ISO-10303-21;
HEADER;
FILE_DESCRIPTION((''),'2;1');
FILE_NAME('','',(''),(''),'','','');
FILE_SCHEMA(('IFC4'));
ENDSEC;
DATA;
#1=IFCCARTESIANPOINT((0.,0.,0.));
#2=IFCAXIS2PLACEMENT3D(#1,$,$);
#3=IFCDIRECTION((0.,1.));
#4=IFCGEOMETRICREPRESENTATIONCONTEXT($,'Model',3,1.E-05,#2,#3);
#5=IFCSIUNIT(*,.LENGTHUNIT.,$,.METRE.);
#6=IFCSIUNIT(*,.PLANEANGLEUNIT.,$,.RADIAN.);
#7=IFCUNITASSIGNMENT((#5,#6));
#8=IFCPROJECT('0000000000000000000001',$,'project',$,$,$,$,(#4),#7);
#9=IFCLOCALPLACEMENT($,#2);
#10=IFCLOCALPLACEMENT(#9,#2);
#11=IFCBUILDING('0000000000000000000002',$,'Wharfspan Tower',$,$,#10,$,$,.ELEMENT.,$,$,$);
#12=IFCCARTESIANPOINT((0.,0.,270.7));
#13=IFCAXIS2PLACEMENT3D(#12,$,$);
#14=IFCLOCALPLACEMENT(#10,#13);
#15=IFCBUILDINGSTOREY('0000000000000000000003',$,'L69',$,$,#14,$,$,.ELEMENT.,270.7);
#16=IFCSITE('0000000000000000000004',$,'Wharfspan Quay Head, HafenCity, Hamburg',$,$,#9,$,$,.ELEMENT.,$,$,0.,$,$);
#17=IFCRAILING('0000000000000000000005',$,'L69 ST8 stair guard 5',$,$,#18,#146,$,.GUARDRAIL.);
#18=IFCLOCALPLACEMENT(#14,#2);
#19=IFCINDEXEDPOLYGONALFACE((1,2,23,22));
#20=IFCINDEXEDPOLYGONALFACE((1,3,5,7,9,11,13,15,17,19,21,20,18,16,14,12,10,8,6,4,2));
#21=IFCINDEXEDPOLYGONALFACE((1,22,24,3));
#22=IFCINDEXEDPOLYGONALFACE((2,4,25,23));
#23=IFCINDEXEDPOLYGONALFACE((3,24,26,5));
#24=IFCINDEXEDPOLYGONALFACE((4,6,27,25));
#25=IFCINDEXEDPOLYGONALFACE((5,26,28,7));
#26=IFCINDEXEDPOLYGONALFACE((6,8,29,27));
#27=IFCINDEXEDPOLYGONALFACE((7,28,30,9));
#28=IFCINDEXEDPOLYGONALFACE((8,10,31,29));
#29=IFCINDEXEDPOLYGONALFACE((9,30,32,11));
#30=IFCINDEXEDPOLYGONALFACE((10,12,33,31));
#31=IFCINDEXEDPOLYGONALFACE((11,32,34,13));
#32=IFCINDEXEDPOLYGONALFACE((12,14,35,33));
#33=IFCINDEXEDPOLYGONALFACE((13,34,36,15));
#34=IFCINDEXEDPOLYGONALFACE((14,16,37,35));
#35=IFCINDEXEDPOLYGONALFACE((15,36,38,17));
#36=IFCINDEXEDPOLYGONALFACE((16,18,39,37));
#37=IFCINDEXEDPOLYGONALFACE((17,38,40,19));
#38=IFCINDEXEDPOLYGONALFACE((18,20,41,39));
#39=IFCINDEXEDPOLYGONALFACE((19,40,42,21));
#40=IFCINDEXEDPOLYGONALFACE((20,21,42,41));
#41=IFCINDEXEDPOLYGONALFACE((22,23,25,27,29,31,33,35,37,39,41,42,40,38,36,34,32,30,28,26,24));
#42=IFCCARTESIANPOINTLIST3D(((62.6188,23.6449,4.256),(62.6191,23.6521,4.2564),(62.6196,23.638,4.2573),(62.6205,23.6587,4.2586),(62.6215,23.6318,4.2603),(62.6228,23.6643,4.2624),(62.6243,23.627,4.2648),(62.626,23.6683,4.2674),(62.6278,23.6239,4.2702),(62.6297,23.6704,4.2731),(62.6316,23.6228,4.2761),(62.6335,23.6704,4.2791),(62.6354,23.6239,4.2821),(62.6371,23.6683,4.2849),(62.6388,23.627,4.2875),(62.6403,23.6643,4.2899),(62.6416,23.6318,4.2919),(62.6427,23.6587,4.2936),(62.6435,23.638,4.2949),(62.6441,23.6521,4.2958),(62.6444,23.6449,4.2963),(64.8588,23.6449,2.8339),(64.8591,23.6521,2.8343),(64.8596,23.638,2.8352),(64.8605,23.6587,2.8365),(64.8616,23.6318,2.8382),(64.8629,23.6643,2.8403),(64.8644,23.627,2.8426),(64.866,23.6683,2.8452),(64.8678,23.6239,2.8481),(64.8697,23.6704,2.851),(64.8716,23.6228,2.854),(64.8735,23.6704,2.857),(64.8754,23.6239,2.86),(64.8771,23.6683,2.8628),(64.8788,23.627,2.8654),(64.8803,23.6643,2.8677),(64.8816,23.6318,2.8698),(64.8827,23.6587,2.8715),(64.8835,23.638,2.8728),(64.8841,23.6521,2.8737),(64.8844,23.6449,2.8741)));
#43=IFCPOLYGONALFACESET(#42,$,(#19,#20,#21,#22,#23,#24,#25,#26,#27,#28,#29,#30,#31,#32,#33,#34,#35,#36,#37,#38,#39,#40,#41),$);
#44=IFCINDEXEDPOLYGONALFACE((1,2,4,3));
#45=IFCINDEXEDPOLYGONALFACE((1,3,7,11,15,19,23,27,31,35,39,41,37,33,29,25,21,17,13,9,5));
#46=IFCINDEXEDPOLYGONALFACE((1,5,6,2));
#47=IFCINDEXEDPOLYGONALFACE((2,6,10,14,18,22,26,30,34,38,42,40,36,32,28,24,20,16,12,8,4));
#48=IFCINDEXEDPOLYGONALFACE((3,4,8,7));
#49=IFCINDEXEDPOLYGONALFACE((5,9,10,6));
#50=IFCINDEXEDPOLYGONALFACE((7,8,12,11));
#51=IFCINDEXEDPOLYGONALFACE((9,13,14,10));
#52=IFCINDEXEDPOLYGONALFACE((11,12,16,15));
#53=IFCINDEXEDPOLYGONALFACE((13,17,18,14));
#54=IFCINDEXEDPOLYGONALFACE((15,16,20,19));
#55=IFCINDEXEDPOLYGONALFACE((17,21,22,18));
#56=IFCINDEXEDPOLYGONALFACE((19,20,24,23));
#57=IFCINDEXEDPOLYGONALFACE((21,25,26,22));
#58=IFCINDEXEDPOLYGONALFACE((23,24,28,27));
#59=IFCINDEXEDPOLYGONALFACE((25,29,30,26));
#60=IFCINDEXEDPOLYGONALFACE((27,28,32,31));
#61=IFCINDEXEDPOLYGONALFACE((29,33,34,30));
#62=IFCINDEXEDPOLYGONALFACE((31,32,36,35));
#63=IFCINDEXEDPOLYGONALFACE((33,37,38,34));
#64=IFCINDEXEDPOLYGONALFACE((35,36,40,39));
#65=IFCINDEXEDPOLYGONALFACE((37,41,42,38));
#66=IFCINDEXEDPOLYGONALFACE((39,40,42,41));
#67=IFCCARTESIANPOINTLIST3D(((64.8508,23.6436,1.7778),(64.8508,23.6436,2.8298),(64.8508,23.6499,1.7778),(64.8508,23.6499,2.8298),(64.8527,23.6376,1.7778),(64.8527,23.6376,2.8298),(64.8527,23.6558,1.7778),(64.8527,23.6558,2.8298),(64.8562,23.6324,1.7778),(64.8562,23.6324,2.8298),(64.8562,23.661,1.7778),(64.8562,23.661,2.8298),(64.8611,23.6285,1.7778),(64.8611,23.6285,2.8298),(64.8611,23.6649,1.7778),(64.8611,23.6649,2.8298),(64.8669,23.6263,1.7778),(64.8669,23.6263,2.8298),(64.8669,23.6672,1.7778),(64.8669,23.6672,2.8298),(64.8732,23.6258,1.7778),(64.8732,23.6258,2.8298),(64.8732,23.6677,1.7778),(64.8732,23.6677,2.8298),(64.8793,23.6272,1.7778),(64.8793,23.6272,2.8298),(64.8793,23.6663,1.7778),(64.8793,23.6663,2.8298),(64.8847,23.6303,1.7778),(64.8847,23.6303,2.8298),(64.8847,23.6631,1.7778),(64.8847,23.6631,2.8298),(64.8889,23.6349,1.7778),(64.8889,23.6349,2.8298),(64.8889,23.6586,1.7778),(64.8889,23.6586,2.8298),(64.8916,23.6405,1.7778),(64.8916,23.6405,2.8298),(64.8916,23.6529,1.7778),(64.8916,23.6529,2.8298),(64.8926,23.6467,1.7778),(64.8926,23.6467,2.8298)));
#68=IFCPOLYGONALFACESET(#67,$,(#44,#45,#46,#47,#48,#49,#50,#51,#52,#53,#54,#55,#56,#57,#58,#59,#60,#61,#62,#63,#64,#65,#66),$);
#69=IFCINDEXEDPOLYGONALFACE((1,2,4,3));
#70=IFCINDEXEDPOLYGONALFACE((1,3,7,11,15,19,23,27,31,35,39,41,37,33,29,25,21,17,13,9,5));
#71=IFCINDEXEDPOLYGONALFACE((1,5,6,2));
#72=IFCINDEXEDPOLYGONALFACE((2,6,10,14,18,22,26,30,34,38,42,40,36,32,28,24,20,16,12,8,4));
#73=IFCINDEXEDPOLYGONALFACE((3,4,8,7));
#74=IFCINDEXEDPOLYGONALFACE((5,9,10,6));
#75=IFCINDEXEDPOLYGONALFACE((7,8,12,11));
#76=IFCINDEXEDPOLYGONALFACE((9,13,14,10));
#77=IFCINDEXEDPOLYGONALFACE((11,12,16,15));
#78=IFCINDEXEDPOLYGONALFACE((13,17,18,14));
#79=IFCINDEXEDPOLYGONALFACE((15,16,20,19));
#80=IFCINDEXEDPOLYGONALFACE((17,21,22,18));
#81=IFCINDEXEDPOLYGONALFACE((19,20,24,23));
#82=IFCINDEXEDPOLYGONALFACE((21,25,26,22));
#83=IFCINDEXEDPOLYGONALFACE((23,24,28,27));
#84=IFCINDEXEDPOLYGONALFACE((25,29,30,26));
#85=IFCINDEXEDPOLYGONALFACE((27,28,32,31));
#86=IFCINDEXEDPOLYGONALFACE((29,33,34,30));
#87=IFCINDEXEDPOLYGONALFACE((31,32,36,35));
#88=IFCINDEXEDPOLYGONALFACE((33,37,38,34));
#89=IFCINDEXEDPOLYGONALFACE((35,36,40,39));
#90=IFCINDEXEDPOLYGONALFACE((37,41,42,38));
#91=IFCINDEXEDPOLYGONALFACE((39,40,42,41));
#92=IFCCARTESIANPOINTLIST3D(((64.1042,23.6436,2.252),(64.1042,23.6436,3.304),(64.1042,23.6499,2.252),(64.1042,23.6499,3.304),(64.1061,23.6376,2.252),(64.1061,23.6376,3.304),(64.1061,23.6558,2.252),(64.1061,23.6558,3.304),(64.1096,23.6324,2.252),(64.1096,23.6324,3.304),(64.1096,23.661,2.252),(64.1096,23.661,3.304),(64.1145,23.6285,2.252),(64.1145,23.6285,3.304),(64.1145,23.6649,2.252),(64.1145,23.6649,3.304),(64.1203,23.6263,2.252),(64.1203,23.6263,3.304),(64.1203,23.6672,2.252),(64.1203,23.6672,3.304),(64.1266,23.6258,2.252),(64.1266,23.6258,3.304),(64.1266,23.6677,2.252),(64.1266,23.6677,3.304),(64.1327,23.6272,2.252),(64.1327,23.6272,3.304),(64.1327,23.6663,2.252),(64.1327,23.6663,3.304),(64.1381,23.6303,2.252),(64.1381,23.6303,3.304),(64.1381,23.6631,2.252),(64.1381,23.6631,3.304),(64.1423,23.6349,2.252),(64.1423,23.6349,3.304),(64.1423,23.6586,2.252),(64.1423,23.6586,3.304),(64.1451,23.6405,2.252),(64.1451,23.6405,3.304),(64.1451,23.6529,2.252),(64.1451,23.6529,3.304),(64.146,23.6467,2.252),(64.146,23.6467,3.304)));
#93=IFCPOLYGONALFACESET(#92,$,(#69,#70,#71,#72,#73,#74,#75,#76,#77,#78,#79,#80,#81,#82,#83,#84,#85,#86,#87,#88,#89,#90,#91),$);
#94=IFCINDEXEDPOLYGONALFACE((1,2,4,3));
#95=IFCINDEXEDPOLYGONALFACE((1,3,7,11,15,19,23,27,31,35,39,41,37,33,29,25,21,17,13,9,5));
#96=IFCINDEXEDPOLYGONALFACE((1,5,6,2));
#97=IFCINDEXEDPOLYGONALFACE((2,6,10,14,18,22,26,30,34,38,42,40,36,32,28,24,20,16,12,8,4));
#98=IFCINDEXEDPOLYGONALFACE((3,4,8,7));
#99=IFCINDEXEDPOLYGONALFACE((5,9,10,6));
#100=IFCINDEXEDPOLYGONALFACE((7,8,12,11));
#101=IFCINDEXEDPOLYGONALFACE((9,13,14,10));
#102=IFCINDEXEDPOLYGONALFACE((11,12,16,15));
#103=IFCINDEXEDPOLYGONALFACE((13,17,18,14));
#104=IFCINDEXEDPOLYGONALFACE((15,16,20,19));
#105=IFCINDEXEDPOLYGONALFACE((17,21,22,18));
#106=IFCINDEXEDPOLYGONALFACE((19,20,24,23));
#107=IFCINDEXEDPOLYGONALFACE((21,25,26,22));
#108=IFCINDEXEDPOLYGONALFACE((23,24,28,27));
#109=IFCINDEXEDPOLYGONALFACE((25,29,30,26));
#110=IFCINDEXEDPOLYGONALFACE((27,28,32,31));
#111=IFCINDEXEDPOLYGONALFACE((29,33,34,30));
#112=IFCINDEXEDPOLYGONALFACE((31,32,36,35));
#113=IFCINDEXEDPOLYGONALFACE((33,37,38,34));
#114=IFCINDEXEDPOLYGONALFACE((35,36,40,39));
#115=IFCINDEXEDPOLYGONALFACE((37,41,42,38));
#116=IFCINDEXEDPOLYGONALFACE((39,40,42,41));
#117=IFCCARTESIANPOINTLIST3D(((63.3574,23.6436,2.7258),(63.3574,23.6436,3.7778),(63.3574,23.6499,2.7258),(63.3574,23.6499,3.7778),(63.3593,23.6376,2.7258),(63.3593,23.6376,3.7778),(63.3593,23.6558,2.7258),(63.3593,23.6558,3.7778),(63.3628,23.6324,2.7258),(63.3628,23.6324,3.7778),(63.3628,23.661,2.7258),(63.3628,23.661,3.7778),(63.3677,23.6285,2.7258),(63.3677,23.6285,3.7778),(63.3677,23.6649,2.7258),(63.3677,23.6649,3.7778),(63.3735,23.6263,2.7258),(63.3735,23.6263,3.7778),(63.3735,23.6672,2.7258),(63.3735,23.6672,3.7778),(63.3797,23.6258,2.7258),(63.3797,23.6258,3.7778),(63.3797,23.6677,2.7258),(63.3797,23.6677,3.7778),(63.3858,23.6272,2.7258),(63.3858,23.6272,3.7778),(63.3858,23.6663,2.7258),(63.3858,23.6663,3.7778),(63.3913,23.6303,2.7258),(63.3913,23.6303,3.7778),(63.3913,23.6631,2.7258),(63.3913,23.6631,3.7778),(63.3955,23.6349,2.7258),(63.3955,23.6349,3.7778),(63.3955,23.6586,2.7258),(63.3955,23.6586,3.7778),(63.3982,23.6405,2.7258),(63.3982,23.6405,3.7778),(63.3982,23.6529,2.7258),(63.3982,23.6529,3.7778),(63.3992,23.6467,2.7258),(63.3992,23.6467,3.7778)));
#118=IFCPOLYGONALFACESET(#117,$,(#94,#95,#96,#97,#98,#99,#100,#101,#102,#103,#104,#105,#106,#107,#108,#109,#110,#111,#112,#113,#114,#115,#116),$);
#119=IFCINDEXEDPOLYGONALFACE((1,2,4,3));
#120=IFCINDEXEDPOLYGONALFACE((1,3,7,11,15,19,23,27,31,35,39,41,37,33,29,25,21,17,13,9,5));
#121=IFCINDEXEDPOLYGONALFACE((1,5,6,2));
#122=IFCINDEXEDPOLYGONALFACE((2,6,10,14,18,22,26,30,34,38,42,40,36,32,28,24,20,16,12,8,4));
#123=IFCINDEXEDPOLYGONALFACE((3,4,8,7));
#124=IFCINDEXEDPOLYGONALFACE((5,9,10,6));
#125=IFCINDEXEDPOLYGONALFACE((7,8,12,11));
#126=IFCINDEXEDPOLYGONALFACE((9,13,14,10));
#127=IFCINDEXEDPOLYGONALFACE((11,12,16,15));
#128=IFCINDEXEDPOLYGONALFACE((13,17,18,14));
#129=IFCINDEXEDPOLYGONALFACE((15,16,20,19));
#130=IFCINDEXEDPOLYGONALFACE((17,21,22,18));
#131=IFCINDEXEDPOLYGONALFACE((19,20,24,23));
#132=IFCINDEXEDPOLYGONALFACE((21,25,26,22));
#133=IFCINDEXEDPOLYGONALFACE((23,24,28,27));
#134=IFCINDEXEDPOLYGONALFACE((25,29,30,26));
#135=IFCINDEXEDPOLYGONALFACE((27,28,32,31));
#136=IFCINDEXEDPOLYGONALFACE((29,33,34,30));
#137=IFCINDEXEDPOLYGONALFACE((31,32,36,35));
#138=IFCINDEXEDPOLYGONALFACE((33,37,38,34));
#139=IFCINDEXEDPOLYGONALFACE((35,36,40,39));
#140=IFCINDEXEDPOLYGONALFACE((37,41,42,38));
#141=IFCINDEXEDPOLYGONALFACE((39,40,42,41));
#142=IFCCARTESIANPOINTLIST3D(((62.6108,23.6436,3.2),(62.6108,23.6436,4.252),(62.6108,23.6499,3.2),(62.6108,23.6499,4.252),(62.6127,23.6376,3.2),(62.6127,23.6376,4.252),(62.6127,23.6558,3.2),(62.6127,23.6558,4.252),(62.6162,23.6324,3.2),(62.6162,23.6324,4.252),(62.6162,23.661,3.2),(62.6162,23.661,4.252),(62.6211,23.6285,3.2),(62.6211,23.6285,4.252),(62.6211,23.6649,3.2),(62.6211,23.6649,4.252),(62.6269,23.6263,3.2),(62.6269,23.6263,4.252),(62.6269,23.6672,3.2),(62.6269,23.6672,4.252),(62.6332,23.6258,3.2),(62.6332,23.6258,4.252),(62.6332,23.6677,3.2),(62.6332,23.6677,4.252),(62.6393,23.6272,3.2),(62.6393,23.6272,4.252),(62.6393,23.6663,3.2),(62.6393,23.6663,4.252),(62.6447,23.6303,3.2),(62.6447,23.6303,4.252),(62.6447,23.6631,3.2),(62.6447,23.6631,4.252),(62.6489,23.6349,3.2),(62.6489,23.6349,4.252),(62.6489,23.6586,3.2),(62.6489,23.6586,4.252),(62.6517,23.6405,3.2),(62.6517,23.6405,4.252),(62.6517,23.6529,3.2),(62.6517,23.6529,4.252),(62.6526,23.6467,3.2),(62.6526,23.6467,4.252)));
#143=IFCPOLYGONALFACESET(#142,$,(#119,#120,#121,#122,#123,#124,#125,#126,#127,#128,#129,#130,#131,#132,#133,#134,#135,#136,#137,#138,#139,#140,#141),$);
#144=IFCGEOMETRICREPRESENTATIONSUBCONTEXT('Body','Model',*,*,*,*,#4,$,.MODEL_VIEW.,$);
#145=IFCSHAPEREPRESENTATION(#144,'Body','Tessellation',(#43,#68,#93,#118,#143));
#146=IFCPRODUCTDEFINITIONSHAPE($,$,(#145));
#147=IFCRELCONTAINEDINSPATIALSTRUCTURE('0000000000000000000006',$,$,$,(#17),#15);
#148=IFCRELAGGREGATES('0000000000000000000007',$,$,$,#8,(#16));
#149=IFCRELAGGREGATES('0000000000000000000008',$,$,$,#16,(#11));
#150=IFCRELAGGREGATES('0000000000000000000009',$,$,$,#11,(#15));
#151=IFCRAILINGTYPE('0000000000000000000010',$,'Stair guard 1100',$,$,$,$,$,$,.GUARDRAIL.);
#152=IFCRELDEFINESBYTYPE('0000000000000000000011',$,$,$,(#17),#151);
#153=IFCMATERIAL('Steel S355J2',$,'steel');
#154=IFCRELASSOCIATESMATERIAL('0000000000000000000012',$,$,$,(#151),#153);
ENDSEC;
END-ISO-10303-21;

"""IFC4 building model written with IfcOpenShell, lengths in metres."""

from ifc_helpers import new_model, si_unit, direction, frame, origin, origin_2d, place, context, subcontext, project, spatial, circle, extrude, material, type_object, element, save


model = new_model("IFC4")

# Units and contexts
model_context = context("Model", 3, precision=1e-05, world=origin(), true_north=direction((0.0, 1.0)))
body_context = subcontext(model_context, "Body", "Model", "MODEL_VIEW")
ifc_project = project(units=[si_unit("LENGTHUNIT", "METRE"), si_unit("PLANEANGLEUNIT", "RADIAN")], contexts=[model_context])

# Site, building, storey
site_placement = place(None, origin())
site = spatial("IfcSite", under=ifc_project, at=site_placement, Name="Wharfspan Quay Head, HafenCity, Hamburg", CompositionType="ELEMENT", RefElevation=0.0)
building_placement = place(site_placement, origin())
building = spatial("IfcBuilding", under=site, at=building_placement, Name="Wharfspan Tower", CompositionType="ELEMENT")
storey_placement = place(building_placement, frame((0.0, 0.0, 270.7)))
storey = spatial("IfcBuildingStorey", under=building, at=storey_placement, Name="L69", CompositionType="ELEMENT", Elevation=270.7)

# Shared definitions
ifc_material_1 = material(Name="Steel S355J2", Category="steel")

# Railing
railing_type_1 = type_object("IfcRailingType", Name="Stair guard 1100", PredefinedType="GUARDRAIL", material=ifc_material_1)
railing_1_placement = place(storey_placement, frame((64.8716, 23.6467, 1.7778)))
element("IfcRailing", 1, at=railing_1_placement, inside=storey, type_object=railing_type_1, Name="L69 ST8 stair guard 5", PredefinedType="GUARDRAIL", context=body_context, shape_type="SweptSolid", body=[
    extrude(circle(Radius=0.0239, at=origin_2d()), frame((0.0, 0.0, 1.0762), z_axis=(-0.844229, 0.0, 0.535982), x_axis=(0.0, -1.0, 0.0)), (0.0, 0.0, 1.0), 2.6533),
    extrude(circle(Radius=0.021, at=origin_2d()), origin(), (0.0, 0.0, 1.0), 1.052),
    extrude(circle(Radius=0.021, at=origin_2d()), frame((-0.7466, 0.0, 0.4741)), (0.0, 0.0, 1.0), 1.052),
    extrude(circle(Radius=0.021, at=origin_2d()), frame((-1.4934, 0.0, 0.948)), (0.0, 0.0, 1.0), 1.052),
    extrude(circle(Radius=0.021, at=origin_2d()), frame((-2.24, 0.0, 1.4221)), (0.0, 0.0, 1.0), 1.052),
])

save(model, "model.ifc")
